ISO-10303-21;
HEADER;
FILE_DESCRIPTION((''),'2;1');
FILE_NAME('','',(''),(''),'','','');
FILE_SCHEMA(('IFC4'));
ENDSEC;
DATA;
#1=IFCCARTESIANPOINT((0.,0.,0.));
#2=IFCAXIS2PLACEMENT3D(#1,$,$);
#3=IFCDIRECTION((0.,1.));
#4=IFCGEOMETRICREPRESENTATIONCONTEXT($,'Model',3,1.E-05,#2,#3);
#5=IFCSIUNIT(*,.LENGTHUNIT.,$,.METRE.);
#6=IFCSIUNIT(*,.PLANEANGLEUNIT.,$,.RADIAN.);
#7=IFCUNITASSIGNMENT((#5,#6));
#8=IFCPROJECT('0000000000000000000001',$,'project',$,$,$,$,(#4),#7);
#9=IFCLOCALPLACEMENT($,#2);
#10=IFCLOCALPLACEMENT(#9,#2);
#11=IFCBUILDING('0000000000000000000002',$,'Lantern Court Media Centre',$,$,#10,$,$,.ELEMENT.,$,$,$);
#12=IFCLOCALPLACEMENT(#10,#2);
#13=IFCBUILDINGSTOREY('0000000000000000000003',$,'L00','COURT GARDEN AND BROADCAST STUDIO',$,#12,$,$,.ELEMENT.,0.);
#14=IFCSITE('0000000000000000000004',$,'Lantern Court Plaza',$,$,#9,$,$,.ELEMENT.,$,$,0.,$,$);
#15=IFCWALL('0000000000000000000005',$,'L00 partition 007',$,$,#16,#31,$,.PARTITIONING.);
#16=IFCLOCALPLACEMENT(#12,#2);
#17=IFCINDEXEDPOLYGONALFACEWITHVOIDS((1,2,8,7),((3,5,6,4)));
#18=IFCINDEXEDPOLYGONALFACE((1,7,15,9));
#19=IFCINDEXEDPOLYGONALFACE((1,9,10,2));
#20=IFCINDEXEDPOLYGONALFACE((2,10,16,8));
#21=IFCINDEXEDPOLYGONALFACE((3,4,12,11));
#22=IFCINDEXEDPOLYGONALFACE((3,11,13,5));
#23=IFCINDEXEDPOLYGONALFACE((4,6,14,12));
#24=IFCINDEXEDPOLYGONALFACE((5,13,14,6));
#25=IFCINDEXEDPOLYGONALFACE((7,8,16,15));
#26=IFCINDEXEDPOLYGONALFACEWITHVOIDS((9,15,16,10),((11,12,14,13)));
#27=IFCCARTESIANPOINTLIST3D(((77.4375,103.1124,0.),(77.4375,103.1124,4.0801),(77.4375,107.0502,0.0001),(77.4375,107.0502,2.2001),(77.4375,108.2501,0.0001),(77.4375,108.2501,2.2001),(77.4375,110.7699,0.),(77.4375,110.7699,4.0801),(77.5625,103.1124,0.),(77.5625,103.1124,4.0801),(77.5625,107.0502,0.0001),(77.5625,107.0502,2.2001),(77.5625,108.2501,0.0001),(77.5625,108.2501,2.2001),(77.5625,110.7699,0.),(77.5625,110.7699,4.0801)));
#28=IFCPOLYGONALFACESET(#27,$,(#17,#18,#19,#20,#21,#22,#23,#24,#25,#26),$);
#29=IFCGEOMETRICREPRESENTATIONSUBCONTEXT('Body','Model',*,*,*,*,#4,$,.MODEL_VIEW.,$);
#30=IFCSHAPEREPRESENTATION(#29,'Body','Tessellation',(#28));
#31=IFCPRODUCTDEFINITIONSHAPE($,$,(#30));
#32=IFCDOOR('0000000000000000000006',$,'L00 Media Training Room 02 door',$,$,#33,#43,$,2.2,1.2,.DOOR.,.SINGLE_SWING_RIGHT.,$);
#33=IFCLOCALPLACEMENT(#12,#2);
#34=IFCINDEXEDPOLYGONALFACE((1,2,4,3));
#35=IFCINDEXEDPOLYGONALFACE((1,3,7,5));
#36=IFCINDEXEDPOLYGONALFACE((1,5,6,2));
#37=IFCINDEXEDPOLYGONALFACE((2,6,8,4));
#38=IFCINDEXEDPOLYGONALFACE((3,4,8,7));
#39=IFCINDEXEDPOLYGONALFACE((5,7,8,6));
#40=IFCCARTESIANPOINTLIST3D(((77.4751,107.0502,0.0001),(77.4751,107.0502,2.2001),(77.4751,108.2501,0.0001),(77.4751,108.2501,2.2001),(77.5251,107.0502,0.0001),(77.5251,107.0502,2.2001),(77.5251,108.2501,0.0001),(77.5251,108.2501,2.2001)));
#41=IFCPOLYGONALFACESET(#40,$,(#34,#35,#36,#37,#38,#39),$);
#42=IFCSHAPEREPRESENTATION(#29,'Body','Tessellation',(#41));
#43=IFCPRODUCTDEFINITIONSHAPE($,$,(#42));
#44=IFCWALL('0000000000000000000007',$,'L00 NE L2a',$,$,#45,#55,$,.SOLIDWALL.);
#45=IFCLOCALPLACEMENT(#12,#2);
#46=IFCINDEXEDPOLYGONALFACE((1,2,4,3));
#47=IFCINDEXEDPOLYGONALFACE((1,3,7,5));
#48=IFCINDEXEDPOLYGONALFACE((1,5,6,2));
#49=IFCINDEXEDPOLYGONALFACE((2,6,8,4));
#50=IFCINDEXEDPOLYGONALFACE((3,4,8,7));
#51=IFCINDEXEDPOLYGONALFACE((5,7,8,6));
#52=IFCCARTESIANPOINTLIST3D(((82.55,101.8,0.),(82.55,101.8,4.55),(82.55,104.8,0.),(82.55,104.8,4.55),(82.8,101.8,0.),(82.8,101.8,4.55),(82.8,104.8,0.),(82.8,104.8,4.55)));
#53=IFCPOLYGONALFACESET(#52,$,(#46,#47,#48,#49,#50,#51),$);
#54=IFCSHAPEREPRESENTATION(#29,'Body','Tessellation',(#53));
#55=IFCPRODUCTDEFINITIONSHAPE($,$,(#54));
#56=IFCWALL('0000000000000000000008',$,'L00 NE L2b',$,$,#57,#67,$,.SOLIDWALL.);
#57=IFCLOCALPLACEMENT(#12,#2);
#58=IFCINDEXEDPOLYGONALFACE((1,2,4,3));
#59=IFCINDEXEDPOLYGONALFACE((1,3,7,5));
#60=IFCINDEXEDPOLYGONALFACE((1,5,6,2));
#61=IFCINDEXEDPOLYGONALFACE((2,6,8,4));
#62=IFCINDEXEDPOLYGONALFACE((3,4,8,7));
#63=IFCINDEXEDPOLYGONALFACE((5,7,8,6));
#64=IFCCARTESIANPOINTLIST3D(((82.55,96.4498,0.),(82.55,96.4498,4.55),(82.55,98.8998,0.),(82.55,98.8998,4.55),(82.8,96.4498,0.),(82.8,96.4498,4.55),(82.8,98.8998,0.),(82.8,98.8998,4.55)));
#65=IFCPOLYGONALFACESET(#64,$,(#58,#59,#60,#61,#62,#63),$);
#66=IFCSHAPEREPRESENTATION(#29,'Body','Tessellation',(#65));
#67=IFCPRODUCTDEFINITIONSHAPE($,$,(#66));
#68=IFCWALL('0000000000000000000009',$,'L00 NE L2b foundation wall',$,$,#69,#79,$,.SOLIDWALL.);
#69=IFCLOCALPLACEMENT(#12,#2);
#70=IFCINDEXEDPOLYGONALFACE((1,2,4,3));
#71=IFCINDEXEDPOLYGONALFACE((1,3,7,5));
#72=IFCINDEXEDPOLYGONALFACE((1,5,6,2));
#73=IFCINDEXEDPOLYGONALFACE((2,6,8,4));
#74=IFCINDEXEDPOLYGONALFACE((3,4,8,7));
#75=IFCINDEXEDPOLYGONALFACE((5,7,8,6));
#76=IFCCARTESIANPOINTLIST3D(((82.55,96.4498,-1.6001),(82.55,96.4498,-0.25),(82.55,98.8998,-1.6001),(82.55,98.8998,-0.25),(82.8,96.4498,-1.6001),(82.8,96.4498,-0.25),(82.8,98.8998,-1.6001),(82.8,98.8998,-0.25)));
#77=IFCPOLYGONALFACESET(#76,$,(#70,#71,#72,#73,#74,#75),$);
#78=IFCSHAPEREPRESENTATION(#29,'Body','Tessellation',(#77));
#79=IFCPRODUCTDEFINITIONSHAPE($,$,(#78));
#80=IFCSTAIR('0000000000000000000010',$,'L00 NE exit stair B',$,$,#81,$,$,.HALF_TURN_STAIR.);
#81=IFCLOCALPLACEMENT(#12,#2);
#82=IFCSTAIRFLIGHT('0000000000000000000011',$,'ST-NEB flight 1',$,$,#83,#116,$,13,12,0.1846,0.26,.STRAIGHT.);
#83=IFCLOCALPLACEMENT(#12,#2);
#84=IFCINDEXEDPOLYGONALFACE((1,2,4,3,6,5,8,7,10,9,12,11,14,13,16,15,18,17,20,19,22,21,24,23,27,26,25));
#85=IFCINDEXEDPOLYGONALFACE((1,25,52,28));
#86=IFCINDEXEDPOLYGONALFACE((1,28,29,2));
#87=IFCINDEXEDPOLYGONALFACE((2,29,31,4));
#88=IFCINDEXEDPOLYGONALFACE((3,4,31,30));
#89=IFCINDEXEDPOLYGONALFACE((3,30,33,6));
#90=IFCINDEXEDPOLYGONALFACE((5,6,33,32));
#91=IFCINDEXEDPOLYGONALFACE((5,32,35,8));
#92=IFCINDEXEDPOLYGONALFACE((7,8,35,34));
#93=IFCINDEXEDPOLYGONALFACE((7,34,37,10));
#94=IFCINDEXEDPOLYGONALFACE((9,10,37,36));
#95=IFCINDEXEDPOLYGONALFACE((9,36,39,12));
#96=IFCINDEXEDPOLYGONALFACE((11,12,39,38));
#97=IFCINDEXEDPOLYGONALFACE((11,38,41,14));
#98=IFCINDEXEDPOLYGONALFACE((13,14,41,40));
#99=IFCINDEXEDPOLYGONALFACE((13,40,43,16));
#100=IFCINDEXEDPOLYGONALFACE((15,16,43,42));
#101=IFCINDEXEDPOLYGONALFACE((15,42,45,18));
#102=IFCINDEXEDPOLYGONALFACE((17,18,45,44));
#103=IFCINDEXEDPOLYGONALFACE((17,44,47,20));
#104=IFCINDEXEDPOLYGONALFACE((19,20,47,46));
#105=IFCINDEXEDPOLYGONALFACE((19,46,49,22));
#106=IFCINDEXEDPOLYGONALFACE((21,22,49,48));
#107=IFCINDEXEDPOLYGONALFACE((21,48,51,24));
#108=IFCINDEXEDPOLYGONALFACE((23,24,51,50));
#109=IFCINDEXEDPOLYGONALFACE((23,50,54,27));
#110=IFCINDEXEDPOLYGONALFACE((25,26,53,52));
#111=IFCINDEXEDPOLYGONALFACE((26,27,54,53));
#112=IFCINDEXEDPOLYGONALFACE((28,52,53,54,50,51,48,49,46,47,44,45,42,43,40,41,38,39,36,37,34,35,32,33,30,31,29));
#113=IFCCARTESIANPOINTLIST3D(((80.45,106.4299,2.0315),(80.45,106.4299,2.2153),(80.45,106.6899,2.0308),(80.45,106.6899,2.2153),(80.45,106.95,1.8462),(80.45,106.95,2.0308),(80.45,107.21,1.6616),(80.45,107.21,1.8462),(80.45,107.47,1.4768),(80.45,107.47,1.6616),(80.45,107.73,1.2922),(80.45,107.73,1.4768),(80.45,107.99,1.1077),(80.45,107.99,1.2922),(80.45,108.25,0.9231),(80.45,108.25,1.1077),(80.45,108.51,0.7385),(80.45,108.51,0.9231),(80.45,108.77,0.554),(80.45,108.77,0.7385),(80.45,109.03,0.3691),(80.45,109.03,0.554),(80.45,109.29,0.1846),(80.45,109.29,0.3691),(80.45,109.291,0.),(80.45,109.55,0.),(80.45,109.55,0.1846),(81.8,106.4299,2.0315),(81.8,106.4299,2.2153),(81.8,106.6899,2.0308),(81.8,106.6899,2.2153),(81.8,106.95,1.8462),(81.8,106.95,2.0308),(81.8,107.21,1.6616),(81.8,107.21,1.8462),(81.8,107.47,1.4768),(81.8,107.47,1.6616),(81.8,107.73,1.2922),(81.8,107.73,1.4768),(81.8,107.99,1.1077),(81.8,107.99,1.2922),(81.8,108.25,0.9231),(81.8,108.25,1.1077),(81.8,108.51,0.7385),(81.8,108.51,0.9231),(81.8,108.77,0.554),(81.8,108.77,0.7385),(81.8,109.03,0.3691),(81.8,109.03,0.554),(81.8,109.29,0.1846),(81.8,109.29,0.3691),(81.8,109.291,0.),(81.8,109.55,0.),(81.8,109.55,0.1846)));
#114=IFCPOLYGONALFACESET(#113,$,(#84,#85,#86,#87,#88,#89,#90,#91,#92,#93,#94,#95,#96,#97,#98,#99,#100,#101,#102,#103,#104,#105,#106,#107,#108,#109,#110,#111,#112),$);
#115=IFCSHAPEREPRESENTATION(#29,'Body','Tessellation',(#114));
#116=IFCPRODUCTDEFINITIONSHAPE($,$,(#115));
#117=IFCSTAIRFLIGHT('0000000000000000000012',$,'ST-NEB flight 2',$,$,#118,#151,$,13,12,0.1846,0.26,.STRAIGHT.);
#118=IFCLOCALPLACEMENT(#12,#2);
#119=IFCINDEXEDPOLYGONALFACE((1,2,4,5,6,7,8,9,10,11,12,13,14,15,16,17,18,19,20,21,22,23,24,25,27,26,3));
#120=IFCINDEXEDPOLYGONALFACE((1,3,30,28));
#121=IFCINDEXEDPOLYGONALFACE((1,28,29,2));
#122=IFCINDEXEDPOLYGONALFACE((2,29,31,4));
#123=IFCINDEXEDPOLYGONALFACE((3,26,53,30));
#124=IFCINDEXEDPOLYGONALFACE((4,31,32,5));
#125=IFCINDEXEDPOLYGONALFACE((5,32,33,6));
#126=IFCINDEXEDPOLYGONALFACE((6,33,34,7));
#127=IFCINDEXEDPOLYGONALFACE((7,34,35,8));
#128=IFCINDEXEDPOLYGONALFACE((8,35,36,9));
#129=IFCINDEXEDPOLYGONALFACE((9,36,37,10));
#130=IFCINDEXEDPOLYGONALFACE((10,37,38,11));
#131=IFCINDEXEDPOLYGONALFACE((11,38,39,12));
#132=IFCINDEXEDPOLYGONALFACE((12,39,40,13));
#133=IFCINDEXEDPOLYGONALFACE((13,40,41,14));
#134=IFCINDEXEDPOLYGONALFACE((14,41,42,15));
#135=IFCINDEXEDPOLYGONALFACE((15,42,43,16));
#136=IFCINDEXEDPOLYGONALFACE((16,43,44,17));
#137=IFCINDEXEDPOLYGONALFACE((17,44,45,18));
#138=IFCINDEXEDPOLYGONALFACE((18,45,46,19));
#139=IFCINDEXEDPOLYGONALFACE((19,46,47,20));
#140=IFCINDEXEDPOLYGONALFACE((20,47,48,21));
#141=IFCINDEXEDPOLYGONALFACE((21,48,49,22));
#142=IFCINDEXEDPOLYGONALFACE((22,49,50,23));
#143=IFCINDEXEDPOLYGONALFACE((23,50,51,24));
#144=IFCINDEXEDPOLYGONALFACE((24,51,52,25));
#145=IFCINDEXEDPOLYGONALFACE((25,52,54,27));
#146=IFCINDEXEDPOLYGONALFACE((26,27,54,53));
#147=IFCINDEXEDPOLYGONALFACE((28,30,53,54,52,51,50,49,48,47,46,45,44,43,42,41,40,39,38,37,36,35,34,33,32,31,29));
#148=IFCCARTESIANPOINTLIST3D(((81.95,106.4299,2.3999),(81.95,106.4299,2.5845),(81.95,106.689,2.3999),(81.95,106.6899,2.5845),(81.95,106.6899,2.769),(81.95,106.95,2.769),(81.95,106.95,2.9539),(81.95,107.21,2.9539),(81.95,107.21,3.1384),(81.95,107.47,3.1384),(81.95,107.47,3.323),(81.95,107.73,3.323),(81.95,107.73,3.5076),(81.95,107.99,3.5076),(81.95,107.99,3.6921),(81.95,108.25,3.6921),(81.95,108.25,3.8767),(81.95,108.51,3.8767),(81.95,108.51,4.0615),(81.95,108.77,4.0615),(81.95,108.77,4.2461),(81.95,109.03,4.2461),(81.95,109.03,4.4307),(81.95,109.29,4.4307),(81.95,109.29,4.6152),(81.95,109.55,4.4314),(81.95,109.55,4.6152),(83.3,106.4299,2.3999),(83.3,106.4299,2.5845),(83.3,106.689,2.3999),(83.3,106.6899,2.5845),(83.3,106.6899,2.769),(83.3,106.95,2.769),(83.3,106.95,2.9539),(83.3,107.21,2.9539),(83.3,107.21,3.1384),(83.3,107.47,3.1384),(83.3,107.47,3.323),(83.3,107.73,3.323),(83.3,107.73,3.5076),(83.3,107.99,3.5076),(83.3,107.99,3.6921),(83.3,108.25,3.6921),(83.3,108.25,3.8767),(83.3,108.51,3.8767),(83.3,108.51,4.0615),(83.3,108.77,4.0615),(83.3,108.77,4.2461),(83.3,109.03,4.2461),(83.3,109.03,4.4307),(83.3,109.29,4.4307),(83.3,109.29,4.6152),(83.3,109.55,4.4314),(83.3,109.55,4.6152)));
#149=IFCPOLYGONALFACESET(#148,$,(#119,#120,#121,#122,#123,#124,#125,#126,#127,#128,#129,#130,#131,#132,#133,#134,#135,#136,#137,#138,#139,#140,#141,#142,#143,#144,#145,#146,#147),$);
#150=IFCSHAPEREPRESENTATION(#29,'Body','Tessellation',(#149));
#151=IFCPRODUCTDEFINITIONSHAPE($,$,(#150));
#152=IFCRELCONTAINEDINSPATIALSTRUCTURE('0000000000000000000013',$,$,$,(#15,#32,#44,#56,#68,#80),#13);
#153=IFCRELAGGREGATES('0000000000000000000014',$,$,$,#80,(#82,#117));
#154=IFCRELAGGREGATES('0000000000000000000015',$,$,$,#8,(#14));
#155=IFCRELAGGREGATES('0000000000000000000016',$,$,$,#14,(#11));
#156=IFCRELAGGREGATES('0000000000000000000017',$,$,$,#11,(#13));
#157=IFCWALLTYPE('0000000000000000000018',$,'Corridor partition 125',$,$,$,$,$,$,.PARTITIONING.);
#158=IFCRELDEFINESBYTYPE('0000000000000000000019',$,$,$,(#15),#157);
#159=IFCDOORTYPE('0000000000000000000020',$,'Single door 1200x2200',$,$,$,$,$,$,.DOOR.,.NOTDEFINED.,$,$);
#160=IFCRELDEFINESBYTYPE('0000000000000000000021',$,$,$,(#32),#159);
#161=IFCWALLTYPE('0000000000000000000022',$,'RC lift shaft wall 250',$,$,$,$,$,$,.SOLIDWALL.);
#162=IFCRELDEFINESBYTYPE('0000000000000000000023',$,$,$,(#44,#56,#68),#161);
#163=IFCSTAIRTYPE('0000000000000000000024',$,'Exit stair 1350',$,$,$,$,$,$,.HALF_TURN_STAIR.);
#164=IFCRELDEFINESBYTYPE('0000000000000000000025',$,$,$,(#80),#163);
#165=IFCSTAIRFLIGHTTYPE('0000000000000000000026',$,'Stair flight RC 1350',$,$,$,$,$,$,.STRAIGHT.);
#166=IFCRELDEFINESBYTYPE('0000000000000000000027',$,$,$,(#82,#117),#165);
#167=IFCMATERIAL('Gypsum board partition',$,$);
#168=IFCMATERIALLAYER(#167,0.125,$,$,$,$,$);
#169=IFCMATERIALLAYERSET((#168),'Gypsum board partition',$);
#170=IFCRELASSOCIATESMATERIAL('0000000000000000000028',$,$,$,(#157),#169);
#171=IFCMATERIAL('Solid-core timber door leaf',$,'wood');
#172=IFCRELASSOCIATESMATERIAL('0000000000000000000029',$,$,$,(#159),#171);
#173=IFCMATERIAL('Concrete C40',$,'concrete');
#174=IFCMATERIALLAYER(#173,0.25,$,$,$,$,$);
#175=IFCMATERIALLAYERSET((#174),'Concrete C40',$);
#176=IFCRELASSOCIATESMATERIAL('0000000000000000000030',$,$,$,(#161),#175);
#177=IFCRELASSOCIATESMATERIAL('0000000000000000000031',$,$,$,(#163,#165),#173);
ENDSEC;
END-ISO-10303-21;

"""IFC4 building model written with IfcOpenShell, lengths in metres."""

from ifc_helpers import new_model, si_unit, direction, frame, frame_2d, origin, place, context, subcontext, project, spatial, polyline, rectangle, outline, extrude, material, layer, layer_set, type_object, element, fill, aggregate, save


model = new_model("IFC4")

# Units and contexts
model_context = context("Model", 3, precision=1e-05, world=origin(), true_north=direction((0.0, 1.0)))
body_context = subcontext(model_context, "Body", "Model", "MODEL_VIEW")
ifc_project = project(units=[si_unit("LENGTHUNIT", "METRE"), si_unit("PLANEANGLEUNIT", "RADIAN")], contexts=[model_context])

# Site, building, storey
site_placement = place(None, origin())
site = spatial("IfcSite", under=ifc_project, at=site_placement, Name="Lantern Court Plaza", CompositionType="ELEMENT", RefElevation=0.0)
building_placement = place(site_placement, origin())
building = spatial("IfcBuilding", under=site, at=building_placement, Name="Lantern Court Media Centre", CompositionType="ELEMENT")
storey_placement = place(building_placement, origin())
storey = spatial("IfcBuildingStorey", under=building, at=storey_placement, Name="L00", Description="COURT GARDEN AND BROADCAST STUDIO", CompositionType="ELEMENT", Elevation=0.0)

# Wall, opening, door
ifc_material_1 = material(Name="Gypsum board partition")
ifc_layer_1 = layer(ifc_material_1, 0.125)
ifc_layer_set_1 = layer_set([ifc_layer_1], Name="Gypsum board partition")
wall_type_1 = type_object("IfcWallType", Name="Corridor partition 125", PredefinedType="PARTITIONING", material=ifc_layer_set_1)
wall_1_placement = place(storey_placement, frame((77.5, 103.1125, 0.0), z_axis=(0.0, 0.0, 1.0), x_axis=(0.0, 1.0, 0.0)))
wall_1 = element("IfcWall", 1, at=wall_1_placement, inside=storey, type_object=wall_type_1, Name="L00 partition 007", PredefinedType="PARTITIONING", context=body_context, shape_type="SweptSolid", body=[
    extrude(rectangle(XDim=7.6575, YDim=0.125, at=frame_2d((3.8286, 0.0))), origin(), (0.0, 0.0, 1.0), 4.0801),
])
opening_1_placement = place(wall_1_placement, frame((3.9375, 0.0, 0.0)))
opening_1 = element("IfcOpeningElement", 2, at=opening_1_placement, cuts=wall_1, PredefinedType="OPENING", context=body_context, shape_type="SweptSolid", body=[
    extrude(rectangle(XDim=1.2, YDim=2.2, at=frame_2d((0.6001, 1.1001))), frame((0.0, 0.0725, 0.0), z_axis=(0.0, -1.0, 0.0), x_axis=(1.0, 0.0, 0.0)), (0.0, 0.0, 1.0), 0.145),
])
ifc_material_2 = material(Name="Solid-core timber door leaf", Category="wood")
door_type_1 = type_object("IfcDoorType", Name="Single door 1200x2200", OperationType="NOTDEFINED", PredefinedType="DOOR", material=ifc_material_2)
door_1_placement = place(opening_1_placement, origin())
door_1 = element("IfcDoor", 3, at=door_1_placement, inside=storey, type_object=door_type_1, Name="L00 Media Training Room 02 door", OperationType="SINGLE_SWING_RIGHT", OverallHeight=2.2, OverallWidth=1.2, PredefinedType="DOOR", context=body_context, shape_type="SweptSolid", body=[
    extrude(rectangle(XDim=1.2, YDim=2.2, at=frame_2d((0.6001, 1.1001))), frame((0.0, 0.0249, 0.0), z_axis=(0.0, -1.0, 0.0), x_axis=(1.0, 0.0, 0.0)), (0.0, 0.0, 1.0), 0.05),
])
fill(opening_1, door_1)

# Walls
ifc_material_3 = material(Name="Concrete C40", Category="concrete")
ifc_layer_2 = layer(ifc_material_3, 0.25)
ifc_layer_set_2 = layer_set([ifc_layer_2], Name="Concrete C40")
wall_type_2 = type_object("IfcWallType", Name="RC lift shaft wall 250", PredefinedType="SOLIDWALL", material=ifc_layer_set_2)
wall_2_placement = place(storey_placement, frame((82.675, 104.8, 0.0), z_axis=(0.0, 0.0, 1.0), x_axis=(0.0, -1.0, 0.0)))
element("IfcWall", 4, at=wall_2_placement, inside=storey, type_object=wall_type_2, Name="L00 NE L2a", PredefinedType="SOLIDWALL", context=body_context, shape_type="SweptSolid", body=[
    extrude(rectangle(XDim=3.0, YDim=0.25, at=frame_2d((1.5, 0.0))), origin(), (0.0, 0.0, 1.0), 4.55),
])
wall_3_placement = place(storey_placement, frame((82.675, 98.8999, 0.0), z_axis=(0.0, 0.0, 1.0), x_axis=(0.0, -1.0, 0.0)))
element("IfcWall", 5, at=wall_3_placement, inside=storey, type_object=wall_type_2, Name="L00 NE L2b", PredefinedType="SOLIDWALL", context=body_context, shape_type="SweptSolid", body=[
    extrude(rectangle(XDim=2.45, YDim=0.25, at=frame_2d((1.2251, 0.0))), origin(), (0.0, 0.0, 1.0), 4.55),
])
wall_4_placement = place(storey_placement, frame((82.675, 98.8999, -1.6001), z_axis=(0.0, 0.0, 1.0), x_axis=(0.0, -1.0, 0.0)))
element("IfcWall", 6, at=wall_4_placement, inside=storey, type_object=wall_type_2, Name="L00 NE L2b foundation wall", PredefinedType="SOLIDWALL", context=body_context, shape_type="SweptSolid", body=[
    extrude(rectangle(XDim=2.45, YDim=0.25, at=frame_2d((1.2251, 0.0))), origin(), (0.0, 0.0, 1.0), 1.3501),
])

# Stair, stair flights
stair_type = type_object("IfcStairType", Name="Exit stair 1350", PredefinedType="HALF_TURN_STAIR", material=ifc_material_3)
stair_placement = place(storey_placement, origin())
stair = element("IfcStair", 7, at=stair_placement, inside=storey, type_object=stair_type, Name="L00 NE exit stair B", PredefinedType="HALF_TURN_STAIR")
stair_flight_type = type_object("IfcStairFlightType", Name="Stair flight RC 1350", PredefinedType="STRAIGHT", material=ifc_material_3)
stair_flight_1_placement = place(storey_placement, frame((81.125, 109.55, 0.0), z_axis=(0.0, 0.0, 1.0), x_axis=(0.0, -1.0, 0.0)))
stair_flight_1 = element("IfcStairFlight", 8, at=stair_flight_1_placement, type_object=stair_flight_type, Name="ST-NEB flight 1", NumberOfRisers=13, NumberOfTreads=12, PredefinedType="STRAIGHT", RiserHeight=0.1846, TreadLength=0.26, context=body_context, shape_type="SweptSolid", body=[
    extrude(outline(polyline([(0.0, 0.0), (0.0, 0.1846), (0.26, 0.1846), (0.26, 0.3691), (0.52, 0.3691), (0.52, 0.554), (0.78, 0.554), (0.78, 0.7385), (1.04, 0.7385), (1.04, 0.9231), (1.3, 0.9231), (1.3, 1.1077), (1.5601, 1.1077), (1.5601, 1.2922), (1.8201, 1.2922), (1.8201, 1.4768), (2.0801, 1.4768), (2.0801, 1.6616), (2.3401, 1.6616), (2.3401, 1.8462), (2.6001, 1.8462), (2.6001, 2.0308), (2.8601, 2.0308), (2.8601, 2.2153), (3.1201, 2.2153), (3.1201, 2.3999), (3.1201, 2.0315), (0.259, 0.0), (0.0, 0.0)])), frame((0.0, 0.675, 0.0), z_axis=(0.0, -1.0, 0.0), x_axis=(1.0, 0.0, 0.0)), (0.0, 0.0, 1.0), 1.3501),
])
stair_flight_2_placement = place(storey_placement, frame((82.625, 106.4299, 2.3999), z_axis=(0.0, 0.0, 1.0), x_axis=(0.0, 1.0, 0.0)))
stair_flight_2 = element("IfcStairFlight", 9, at=stair_flight_2_placement, type_object=stair_flight_type, Name="ST-NEB flight 2", NumberOfRisers=13, NumberOfTreads=12, PredefinedType="STRAIGHT", RiserHeight=0.1846, TreadLength=0.26, context=body_context, shape_type="SweptSolid", body=[
    extrude(outline(polyline([(0.0, 0.0), (0.0, 0.1846), (0.26, 0.1846), (0.26, 0.3691), (0.52, 0.3691), (0.52, 0.554), (0.78, 0.554), (0.78, 0.7385), (1.04, 0.7385), (1.04, 0.9231), (1.3, 0.9231), (1.3, 1.1077), (1.5601, 1.1077), (1.5601, 1.2922), (1.8201, 1.2922), (1.8201, 1.4768), (2.0801, 1.4768), (2.0801, 1.6616), (2.3401, 1.6616), (2.3401, 1.8462), (2.6001, 1.8462), (2.6001, 2.0308), (2.8601, 2.0308), (2.8601, 2.2153), (3.1201, 2.2153), (3.1201, 2.3999), (3.1201, 2.0315), (0.259, 0.0), (0.0, 0.0)])), frame((0.0, 0.675, 0.0), z_axis=(0.0, -1.0, 0.0), x_axis=(1.0, 0.0, 0.0)), (0.0, 0.0, 1.0), 1.3501),
])
aggregate(stair, [stair_flight_1, stair_flight_2])

save(model, "model.ifc")
